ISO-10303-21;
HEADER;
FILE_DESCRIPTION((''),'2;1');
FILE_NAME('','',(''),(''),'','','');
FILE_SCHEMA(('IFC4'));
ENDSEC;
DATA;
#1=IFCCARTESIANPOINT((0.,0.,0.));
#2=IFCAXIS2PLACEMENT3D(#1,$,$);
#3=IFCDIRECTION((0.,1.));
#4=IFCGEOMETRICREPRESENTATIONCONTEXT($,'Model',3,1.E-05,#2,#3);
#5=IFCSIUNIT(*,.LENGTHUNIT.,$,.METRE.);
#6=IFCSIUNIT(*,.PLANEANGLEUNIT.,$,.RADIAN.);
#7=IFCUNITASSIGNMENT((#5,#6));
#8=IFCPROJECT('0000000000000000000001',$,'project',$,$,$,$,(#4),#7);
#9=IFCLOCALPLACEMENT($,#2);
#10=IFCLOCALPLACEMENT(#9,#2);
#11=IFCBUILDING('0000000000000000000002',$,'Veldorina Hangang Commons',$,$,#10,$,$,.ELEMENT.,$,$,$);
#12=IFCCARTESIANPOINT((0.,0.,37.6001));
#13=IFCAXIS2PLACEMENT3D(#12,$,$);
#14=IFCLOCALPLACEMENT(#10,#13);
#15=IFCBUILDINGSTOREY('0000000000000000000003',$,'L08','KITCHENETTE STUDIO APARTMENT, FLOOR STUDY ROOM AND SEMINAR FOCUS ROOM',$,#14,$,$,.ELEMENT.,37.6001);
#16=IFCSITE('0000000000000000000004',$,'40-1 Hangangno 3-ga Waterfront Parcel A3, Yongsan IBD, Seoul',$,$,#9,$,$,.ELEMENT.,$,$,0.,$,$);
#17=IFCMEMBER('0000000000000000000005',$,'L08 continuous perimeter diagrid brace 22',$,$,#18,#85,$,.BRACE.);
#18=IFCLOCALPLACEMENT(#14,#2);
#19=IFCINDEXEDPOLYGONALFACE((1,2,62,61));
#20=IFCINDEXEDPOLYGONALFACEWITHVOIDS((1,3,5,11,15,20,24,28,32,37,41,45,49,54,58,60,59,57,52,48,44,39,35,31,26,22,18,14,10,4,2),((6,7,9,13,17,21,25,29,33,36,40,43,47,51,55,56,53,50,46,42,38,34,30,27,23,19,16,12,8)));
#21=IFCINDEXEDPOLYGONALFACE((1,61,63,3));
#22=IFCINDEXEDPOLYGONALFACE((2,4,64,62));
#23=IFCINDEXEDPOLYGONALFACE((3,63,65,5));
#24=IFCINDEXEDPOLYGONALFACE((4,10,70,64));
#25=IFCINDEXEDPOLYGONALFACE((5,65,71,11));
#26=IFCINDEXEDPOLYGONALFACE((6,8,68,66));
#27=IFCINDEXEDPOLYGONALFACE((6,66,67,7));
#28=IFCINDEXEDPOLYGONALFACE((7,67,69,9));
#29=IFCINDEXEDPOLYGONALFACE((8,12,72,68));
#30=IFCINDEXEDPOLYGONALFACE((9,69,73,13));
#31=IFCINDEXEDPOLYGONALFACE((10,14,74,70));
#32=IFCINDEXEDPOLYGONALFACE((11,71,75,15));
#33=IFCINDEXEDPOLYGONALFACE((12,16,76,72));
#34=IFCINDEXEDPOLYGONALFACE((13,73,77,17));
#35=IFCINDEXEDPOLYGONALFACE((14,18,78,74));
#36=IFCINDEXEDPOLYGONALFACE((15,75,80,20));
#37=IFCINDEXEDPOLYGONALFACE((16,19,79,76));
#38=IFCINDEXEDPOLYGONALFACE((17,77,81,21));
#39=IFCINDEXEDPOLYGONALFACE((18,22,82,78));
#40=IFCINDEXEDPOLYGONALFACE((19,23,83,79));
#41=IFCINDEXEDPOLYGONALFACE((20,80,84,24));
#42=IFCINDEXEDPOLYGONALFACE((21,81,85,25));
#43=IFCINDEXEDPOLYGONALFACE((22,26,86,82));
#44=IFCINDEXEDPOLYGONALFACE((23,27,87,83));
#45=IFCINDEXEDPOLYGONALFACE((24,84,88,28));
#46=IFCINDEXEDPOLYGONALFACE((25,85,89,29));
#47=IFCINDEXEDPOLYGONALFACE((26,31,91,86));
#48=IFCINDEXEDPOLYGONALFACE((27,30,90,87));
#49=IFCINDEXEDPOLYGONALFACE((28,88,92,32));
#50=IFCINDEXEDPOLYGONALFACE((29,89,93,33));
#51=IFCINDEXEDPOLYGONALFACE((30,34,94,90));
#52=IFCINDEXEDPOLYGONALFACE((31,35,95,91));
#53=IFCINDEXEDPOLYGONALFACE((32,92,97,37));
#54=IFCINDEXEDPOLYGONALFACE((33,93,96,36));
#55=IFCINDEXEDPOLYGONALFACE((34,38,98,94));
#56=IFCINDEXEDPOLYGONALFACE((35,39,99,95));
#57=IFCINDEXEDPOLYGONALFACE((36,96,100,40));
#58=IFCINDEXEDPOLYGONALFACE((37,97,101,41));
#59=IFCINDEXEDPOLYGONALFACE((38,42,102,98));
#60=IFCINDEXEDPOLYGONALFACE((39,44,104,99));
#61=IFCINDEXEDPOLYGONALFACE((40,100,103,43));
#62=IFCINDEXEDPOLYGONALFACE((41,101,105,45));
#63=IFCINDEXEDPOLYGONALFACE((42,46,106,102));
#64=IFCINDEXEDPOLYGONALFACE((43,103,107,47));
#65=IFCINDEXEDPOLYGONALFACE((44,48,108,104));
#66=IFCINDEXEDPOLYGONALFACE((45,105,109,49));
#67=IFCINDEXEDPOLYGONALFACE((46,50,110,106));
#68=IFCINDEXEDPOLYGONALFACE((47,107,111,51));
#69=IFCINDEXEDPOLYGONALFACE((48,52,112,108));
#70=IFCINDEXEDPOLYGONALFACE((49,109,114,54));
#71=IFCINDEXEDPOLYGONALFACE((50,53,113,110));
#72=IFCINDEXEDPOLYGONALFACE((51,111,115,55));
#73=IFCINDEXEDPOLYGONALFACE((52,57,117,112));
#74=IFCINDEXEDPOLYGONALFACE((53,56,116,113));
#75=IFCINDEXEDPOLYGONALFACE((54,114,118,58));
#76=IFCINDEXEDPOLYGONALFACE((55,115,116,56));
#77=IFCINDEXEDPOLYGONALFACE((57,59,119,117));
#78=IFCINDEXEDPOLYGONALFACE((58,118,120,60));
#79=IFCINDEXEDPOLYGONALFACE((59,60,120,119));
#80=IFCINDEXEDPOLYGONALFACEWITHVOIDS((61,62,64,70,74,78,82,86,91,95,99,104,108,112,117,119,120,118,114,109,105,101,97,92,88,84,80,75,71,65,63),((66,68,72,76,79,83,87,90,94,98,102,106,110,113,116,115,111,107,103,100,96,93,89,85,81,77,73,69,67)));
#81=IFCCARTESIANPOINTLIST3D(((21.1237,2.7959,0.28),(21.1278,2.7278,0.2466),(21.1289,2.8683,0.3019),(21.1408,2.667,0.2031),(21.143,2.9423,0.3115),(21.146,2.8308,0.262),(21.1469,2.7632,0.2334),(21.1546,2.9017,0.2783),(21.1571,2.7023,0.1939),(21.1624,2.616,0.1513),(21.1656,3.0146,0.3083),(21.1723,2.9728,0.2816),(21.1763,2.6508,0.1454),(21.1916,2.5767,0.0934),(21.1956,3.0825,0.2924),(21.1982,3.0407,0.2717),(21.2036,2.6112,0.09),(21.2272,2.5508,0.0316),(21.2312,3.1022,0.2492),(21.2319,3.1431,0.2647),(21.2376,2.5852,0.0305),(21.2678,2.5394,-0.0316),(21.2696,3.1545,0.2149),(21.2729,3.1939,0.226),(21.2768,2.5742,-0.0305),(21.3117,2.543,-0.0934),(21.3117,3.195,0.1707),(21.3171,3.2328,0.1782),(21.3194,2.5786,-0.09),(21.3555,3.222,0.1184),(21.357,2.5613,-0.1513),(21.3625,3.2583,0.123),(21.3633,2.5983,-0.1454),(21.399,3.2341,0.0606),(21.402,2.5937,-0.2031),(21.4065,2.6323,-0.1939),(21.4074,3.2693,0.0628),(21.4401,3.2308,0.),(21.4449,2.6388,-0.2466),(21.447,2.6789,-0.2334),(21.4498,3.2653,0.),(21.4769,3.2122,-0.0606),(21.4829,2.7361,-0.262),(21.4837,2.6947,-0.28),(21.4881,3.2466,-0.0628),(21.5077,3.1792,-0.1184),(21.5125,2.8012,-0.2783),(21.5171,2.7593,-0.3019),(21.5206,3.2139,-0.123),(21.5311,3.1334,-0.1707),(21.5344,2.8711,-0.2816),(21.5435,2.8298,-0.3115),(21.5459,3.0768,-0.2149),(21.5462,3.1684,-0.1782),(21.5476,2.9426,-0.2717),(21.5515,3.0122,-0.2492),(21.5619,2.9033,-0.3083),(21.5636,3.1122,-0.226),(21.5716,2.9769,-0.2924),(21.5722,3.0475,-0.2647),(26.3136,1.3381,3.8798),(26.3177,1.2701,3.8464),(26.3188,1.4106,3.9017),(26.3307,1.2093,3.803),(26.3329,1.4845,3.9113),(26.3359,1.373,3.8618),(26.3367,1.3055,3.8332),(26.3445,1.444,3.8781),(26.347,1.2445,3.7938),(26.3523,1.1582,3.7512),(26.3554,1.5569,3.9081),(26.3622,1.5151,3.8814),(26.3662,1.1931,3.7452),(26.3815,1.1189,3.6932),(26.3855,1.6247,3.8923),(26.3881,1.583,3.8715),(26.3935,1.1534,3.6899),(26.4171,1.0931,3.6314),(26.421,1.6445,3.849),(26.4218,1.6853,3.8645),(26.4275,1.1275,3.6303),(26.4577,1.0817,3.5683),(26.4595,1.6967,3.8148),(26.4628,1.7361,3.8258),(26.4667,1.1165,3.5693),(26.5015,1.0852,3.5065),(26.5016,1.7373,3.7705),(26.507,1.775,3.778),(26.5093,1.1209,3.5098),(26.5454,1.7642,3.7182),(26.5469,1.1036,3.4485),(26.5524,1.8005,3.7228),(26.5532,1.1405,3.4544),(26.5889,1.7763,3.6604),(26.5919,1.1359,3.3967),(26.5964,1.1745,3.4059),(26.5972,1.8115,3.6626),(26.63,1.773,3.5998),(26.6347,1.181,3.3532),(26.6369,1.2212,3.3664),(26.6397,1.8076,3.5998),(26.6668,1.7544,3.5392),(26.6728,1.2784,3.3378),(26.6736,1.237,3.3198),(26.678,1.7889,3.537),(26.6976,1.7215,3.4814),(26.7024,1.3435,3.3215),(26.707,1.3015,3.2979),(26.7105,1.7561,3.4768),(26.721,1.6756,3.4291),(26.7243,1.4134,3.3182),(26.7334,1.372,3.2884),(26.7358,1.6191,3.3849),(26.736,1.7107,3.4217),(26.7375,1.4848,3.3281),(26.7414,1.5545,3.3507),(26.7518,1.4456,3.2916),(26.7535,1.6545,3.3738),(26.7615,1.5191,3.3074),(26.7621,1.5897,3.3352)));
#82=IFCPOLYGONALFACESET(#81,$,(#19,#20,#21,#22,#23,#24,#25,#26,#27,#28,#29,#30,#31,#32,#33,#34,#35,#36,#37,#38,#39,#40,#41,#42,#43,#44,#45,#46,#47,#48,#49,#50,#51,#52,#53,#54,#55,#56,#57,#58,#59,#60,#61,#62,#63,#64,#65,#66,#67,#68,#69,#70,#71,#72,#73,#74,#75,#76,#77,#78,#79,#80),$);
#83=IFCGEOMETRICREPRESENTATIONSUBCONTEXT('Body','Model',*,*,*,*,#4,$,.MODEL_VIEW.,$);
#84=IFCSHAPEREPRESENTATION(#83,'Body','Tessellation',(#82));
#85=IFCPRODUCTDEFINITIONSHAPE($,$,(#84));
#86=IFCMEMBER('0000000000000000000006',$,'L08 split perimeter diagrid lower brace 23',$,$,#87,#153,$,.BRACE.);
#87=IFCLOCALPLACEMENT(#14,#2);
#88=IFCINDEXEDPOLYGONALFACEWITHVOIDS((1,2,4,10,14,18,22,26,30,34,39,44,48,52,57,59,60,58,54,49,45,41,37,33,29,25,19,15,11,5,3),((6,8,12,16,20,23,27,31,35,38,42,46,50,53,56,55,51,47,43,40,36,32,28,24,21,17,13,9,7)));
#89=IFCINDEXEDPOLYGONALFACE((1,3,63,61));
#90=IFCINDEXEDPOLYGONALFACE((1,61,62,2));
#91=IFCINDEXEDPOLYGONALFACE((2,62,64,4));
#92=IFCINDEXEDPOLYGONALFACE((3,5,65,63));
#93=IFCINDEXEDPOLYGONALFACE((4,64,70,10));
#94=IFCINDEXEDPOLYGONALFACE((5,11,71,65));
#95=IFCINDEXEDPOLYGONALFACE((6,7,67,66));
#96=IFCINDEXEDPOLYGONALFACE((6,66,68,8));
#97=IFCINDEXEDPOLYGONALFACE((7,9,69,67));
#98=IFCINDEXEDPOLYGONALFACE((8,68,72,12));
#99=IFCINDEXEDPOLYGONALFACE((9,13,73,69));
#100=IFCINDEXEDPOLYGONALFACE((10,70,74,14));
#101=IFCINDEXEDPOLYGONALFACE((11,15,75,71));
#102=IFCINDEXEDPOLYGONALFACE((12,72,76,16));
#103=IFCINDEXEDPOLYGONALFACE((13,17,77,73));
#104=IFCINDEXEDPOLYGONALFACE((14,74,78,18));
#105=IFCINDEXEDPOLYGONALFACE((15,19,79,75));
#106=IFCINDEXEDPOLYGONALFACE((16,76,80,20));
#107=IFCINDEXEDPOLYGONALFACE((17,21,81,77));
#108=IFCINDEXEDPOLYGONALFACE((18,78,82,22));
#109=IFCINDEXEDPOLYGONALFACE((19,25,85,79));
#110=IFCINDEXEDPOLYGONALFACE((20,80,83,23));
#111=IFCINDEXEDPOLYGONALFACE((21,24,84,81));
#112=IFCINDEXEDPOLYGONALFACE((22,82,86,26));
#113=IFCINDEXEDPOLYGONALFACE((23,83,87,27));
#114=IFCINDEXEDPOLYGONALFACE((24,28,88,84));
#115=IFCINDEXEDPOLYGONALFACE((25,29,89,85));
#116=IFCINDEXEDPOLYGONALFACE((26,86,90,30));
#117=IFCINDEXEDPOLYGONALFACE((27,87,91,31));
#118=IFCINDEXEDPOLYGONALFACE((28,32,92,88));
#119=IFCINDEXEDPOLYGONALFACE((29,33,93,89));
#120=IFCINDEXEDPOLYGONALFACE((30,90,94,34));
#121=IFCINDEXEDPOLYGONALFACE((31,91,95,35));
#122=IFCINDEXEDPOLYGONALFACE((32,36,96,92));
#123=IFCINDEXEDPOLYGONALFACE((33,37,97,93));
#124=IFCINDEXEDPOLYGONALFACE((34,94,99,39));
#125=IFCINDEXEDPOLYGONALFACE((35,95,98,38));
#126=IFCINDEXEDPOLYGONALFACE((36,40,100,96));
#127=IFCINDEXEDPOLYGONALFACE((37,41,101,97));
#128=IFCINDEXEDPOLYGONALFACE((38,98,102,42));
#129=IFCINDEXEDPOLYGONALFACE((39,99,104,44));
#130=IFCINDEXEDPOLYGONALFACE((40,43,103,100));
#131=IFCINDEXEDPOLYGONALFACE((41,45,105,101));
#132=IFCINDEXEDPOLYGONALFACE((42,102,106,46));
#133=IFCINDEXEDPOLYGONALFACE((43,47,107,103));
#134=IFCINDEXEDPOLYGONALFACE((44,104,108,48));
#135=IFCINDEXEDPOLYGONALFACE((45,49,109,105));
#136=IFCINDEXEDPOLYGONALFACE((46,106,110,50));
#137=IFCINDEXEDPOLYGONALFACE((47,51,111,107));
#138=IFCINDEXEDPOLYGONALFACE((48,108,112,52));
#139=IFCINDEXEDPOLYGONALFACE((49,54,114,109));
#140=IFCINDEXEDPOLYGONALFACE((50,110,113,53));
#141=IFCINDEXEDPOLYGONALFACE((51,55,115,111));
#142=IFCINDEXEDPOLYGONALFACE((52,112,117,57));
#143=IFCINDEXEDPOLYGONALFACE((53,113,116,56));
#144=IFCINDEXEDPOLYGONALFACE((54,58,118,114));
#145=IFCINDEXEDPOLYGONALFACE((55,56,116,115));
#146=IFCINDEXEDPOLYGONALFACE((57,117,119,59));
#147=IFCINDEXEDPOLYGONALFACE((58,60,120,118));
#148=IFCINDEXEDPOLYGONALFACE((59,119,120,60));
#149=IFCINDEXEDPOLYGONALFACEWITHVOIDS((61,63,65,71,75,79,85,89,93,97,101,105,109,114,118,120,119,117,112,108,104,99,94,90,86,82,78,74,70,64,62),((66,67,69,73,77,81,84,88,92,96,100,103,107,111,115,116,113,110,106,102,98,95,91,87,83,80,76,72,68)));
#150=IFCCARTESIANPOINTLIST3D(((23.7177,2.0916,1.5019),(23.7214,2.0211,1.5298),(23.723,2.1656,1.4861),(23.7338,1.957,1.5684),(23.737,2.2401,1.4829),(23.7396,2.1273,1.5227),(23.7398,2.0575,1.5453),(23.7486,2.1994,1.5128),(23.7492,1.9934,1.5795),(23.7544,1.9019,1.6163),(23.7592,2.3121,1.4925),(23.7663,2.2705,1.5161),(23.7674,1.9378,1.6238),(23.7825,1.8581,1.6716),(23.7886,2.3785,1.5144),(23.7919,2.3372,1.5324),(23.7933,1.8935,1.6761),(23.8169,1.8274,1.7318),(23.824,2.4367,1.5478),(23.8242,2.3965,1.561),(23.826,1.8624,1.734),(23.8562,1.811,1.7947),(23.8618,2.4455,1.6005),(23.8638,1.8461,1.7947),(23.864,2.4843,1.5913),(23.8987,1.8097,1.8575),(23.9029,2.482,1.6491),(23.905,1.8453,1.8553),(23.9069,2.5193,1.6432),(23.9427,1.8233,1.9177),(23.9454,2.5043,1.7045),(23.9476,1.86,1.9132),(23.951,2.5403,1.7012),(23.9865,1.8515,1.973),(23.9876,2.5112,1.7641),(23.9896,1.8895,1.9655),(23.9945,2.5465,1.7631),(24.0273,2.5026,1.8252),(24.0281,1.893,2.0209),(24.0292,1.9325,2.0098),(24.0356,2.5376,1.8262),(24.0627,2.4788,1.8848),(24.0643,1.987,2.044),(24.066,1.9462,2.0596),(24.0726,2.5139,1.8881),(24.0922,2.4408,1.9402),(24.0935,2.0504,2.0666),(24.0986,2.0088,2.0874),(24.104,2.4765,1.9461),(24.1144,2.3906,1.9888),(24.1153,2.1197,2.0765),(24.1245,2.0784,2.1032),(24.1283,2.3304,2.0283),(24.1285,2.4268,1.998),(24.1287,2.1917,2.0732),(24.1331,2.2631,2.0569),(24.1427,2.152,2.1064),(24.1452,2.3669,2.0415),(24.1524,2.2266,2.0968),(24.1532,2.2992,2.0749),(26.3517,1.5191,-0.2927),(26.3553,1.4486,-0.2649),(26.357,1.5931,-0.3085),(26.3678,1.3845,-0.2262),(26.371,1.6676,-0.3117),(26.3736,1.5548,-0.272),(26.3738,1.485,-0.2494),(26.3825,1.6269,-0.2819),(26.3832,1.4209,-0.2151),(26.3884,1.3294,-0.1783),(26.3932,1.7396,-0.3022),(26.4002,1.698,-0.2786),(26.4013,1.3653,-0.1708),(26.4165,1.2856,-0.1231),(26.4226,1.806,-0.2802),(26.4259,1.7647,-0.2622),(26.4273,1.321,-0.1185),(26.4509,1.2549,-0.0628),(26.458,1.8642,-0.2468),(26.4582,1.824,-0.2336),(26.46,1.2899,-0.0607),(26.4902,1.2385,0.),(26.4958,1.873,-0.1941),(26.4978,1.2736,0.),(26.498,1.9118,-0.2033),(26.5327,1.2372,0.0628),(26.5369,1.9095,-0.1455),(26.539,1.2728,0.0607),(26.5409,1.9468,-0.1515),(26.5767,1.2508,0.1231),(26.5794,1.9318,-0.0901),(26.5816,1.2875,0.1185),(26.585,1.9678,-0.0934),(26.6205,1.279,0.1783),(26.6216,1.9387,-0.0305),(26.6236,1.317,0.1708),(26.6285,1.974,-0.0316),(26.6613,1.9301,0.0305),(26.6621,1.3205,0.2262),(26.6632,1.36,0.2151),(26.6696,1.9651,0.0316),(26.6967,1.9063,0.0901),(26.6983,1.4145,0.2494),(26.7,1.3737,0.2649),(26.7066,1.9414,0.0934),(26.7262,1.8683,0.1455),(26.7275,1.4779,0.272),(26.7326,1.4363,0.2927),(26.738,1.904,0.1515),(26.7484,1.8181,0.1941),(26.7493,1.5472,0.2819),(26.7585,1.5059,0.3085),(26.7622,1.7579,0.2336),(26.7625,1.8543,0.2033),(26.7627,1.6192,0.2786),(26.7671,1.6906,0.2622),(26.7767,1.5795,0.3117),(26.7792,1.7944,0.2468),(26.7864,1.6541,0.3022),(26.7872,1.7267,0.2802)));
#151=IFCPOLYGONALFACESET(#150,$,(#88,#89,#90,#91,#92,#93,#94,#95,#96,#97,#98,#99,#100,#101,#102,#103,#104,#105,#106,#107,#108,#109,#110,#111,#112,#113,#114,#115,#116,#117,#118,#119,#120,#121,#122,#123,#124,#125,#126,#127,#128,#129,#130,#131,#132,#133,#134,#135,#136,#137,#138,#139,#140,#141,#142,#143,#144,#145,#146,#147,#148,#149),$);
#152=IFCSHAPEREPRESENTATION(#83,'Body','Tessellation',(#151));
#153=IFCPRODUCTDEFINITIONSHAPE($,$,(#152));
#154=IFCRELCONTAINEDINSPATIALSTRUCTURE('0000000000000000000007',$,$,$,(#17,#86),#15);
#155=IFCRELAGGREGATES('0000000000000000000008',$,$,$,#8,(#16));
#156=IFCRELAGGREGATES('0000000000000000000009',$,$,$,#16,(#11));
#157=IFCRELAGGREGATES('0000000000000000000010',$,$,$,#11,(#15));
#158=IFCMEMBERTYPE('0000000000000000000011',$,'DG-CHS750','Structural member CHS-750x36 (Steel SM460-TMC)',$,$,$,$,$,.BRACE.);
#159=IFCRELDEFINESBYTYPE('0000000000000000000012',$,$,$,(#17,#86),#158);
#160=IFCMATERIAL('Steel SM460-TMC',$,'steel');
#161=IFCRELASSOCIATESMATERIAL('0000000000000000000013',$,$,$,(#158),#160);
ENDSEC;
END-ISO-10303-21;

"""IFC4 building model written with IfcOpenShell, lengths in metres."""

from ifc_helpers import new_model, si_unit, direction, frame, origin, origin_2d, place, context, subcontext, project, spatial, hollow_circle, extrude, material, material_profile, profile_set, type_object, element, save


model = new_model("IFC4")

# Units and contexts
model_context = context("Model", 3, precision=1e-05, world=origin(), true_north=direction((0.0, 1.0)))
body_context = subcontext(model_context, "Body", "Model", "MODEL_VIEW")
ifc_project = project(units=[si_unit("LENGTHUNIT", "METRE"), si_unit("PLANEANGLEUNIT", "RADIAN")], contexts=[model_context])

# Site, building, storey
site_placement = place(None, origin())
site = spatial("IfcSite", under=ifc_project, at=site_placement, Name="40-1 Hangangno 3-ga Waterfront Parcel A3, Yongsan IBD, Seoul", CompositionType="ELEMENT", RefElevation=0.0)
building_placement = place(site_placement, origin())
building = spatial("IfcBuilding", under=site, at=building_placement, Name="Veldorina Hangang Commons", CompositionType="ELEMENT")
storey_placement = place(building_placement, frame((0.0, 0.0, 37.6001)))
storey = spatial("IfcBuildingStorey", under=building, at=storey_placement, Name="L08", Description="KITCHENETTE STUDIO APARTMENT, FLOOR STUDY ROOM AND SEMINAR FOCUS ROOM", CompositionType="ELEMENT", Elevation=37.6001)

# Shared definitions
ifc_material_1 = material(Name="Steel SM460-TMC", Category="steel")

# Members
ifc_material_profile_1 = material_profile(ifc_material_1, hollow_circle(Radius=0.375, WallThickness=0.0359, at=origin_2d()), Name="CHS-750x36")
ifc_profile_set_1 = profile_set([ifc_material_profile_1], Name="Steel SM460-TMC")
member_type_1 = type_object("IfcMemberType", Name="DG-CHS750", Description="Structural member CHS-750x36 (Steel SM460-TMC)", PredefinedType="BRACE", material=ifc_profile_set_1)
member_1_placement = place(storey_placement, frame((21.3484, 2.9043, 0.0), z_axis=(0.800639, -0.224886, 0.55534), x_axis=(0.270418, 0.962743, 0.0)))
element("IfcMember", 1, at=member_1_placement, inside=storey, type_object=member_type_1, Name="L08 continuous perimeter diagrid brace 22", PredefinedType="BRACE", context=body_context, shape_type="SweptSolid", body=[
    extrude(hollow_circle(Radius=0.375, WallThickness=0.0359, at=origin_2d()), origin(), (0.0, 0.0, 1.0), 6.4822),
])
member_2_placement = place(storey_placement, frame((26.5698, 1.605, 0.0), z_axis=(-0.813393, 0.176792, 0.554199), x_axis=(-0.212392, -0.977185, 0.0)))
element("IfcMember", 2, at=member_2_placement, inside=storey, type_object=member_type_1, Name="L08 split perimeter diagrid lower brace 23", PredefinedType="BRACE", context=body_context, shape_type="SweptSolid", body=[
    extrude(hollow_circle(Radius=0.375, WallThickness=0.0359, at=origin_2d()), origin(), (0.0, 0.0, 1.0), 3.2383),
])

save(model, "model.ifc")
